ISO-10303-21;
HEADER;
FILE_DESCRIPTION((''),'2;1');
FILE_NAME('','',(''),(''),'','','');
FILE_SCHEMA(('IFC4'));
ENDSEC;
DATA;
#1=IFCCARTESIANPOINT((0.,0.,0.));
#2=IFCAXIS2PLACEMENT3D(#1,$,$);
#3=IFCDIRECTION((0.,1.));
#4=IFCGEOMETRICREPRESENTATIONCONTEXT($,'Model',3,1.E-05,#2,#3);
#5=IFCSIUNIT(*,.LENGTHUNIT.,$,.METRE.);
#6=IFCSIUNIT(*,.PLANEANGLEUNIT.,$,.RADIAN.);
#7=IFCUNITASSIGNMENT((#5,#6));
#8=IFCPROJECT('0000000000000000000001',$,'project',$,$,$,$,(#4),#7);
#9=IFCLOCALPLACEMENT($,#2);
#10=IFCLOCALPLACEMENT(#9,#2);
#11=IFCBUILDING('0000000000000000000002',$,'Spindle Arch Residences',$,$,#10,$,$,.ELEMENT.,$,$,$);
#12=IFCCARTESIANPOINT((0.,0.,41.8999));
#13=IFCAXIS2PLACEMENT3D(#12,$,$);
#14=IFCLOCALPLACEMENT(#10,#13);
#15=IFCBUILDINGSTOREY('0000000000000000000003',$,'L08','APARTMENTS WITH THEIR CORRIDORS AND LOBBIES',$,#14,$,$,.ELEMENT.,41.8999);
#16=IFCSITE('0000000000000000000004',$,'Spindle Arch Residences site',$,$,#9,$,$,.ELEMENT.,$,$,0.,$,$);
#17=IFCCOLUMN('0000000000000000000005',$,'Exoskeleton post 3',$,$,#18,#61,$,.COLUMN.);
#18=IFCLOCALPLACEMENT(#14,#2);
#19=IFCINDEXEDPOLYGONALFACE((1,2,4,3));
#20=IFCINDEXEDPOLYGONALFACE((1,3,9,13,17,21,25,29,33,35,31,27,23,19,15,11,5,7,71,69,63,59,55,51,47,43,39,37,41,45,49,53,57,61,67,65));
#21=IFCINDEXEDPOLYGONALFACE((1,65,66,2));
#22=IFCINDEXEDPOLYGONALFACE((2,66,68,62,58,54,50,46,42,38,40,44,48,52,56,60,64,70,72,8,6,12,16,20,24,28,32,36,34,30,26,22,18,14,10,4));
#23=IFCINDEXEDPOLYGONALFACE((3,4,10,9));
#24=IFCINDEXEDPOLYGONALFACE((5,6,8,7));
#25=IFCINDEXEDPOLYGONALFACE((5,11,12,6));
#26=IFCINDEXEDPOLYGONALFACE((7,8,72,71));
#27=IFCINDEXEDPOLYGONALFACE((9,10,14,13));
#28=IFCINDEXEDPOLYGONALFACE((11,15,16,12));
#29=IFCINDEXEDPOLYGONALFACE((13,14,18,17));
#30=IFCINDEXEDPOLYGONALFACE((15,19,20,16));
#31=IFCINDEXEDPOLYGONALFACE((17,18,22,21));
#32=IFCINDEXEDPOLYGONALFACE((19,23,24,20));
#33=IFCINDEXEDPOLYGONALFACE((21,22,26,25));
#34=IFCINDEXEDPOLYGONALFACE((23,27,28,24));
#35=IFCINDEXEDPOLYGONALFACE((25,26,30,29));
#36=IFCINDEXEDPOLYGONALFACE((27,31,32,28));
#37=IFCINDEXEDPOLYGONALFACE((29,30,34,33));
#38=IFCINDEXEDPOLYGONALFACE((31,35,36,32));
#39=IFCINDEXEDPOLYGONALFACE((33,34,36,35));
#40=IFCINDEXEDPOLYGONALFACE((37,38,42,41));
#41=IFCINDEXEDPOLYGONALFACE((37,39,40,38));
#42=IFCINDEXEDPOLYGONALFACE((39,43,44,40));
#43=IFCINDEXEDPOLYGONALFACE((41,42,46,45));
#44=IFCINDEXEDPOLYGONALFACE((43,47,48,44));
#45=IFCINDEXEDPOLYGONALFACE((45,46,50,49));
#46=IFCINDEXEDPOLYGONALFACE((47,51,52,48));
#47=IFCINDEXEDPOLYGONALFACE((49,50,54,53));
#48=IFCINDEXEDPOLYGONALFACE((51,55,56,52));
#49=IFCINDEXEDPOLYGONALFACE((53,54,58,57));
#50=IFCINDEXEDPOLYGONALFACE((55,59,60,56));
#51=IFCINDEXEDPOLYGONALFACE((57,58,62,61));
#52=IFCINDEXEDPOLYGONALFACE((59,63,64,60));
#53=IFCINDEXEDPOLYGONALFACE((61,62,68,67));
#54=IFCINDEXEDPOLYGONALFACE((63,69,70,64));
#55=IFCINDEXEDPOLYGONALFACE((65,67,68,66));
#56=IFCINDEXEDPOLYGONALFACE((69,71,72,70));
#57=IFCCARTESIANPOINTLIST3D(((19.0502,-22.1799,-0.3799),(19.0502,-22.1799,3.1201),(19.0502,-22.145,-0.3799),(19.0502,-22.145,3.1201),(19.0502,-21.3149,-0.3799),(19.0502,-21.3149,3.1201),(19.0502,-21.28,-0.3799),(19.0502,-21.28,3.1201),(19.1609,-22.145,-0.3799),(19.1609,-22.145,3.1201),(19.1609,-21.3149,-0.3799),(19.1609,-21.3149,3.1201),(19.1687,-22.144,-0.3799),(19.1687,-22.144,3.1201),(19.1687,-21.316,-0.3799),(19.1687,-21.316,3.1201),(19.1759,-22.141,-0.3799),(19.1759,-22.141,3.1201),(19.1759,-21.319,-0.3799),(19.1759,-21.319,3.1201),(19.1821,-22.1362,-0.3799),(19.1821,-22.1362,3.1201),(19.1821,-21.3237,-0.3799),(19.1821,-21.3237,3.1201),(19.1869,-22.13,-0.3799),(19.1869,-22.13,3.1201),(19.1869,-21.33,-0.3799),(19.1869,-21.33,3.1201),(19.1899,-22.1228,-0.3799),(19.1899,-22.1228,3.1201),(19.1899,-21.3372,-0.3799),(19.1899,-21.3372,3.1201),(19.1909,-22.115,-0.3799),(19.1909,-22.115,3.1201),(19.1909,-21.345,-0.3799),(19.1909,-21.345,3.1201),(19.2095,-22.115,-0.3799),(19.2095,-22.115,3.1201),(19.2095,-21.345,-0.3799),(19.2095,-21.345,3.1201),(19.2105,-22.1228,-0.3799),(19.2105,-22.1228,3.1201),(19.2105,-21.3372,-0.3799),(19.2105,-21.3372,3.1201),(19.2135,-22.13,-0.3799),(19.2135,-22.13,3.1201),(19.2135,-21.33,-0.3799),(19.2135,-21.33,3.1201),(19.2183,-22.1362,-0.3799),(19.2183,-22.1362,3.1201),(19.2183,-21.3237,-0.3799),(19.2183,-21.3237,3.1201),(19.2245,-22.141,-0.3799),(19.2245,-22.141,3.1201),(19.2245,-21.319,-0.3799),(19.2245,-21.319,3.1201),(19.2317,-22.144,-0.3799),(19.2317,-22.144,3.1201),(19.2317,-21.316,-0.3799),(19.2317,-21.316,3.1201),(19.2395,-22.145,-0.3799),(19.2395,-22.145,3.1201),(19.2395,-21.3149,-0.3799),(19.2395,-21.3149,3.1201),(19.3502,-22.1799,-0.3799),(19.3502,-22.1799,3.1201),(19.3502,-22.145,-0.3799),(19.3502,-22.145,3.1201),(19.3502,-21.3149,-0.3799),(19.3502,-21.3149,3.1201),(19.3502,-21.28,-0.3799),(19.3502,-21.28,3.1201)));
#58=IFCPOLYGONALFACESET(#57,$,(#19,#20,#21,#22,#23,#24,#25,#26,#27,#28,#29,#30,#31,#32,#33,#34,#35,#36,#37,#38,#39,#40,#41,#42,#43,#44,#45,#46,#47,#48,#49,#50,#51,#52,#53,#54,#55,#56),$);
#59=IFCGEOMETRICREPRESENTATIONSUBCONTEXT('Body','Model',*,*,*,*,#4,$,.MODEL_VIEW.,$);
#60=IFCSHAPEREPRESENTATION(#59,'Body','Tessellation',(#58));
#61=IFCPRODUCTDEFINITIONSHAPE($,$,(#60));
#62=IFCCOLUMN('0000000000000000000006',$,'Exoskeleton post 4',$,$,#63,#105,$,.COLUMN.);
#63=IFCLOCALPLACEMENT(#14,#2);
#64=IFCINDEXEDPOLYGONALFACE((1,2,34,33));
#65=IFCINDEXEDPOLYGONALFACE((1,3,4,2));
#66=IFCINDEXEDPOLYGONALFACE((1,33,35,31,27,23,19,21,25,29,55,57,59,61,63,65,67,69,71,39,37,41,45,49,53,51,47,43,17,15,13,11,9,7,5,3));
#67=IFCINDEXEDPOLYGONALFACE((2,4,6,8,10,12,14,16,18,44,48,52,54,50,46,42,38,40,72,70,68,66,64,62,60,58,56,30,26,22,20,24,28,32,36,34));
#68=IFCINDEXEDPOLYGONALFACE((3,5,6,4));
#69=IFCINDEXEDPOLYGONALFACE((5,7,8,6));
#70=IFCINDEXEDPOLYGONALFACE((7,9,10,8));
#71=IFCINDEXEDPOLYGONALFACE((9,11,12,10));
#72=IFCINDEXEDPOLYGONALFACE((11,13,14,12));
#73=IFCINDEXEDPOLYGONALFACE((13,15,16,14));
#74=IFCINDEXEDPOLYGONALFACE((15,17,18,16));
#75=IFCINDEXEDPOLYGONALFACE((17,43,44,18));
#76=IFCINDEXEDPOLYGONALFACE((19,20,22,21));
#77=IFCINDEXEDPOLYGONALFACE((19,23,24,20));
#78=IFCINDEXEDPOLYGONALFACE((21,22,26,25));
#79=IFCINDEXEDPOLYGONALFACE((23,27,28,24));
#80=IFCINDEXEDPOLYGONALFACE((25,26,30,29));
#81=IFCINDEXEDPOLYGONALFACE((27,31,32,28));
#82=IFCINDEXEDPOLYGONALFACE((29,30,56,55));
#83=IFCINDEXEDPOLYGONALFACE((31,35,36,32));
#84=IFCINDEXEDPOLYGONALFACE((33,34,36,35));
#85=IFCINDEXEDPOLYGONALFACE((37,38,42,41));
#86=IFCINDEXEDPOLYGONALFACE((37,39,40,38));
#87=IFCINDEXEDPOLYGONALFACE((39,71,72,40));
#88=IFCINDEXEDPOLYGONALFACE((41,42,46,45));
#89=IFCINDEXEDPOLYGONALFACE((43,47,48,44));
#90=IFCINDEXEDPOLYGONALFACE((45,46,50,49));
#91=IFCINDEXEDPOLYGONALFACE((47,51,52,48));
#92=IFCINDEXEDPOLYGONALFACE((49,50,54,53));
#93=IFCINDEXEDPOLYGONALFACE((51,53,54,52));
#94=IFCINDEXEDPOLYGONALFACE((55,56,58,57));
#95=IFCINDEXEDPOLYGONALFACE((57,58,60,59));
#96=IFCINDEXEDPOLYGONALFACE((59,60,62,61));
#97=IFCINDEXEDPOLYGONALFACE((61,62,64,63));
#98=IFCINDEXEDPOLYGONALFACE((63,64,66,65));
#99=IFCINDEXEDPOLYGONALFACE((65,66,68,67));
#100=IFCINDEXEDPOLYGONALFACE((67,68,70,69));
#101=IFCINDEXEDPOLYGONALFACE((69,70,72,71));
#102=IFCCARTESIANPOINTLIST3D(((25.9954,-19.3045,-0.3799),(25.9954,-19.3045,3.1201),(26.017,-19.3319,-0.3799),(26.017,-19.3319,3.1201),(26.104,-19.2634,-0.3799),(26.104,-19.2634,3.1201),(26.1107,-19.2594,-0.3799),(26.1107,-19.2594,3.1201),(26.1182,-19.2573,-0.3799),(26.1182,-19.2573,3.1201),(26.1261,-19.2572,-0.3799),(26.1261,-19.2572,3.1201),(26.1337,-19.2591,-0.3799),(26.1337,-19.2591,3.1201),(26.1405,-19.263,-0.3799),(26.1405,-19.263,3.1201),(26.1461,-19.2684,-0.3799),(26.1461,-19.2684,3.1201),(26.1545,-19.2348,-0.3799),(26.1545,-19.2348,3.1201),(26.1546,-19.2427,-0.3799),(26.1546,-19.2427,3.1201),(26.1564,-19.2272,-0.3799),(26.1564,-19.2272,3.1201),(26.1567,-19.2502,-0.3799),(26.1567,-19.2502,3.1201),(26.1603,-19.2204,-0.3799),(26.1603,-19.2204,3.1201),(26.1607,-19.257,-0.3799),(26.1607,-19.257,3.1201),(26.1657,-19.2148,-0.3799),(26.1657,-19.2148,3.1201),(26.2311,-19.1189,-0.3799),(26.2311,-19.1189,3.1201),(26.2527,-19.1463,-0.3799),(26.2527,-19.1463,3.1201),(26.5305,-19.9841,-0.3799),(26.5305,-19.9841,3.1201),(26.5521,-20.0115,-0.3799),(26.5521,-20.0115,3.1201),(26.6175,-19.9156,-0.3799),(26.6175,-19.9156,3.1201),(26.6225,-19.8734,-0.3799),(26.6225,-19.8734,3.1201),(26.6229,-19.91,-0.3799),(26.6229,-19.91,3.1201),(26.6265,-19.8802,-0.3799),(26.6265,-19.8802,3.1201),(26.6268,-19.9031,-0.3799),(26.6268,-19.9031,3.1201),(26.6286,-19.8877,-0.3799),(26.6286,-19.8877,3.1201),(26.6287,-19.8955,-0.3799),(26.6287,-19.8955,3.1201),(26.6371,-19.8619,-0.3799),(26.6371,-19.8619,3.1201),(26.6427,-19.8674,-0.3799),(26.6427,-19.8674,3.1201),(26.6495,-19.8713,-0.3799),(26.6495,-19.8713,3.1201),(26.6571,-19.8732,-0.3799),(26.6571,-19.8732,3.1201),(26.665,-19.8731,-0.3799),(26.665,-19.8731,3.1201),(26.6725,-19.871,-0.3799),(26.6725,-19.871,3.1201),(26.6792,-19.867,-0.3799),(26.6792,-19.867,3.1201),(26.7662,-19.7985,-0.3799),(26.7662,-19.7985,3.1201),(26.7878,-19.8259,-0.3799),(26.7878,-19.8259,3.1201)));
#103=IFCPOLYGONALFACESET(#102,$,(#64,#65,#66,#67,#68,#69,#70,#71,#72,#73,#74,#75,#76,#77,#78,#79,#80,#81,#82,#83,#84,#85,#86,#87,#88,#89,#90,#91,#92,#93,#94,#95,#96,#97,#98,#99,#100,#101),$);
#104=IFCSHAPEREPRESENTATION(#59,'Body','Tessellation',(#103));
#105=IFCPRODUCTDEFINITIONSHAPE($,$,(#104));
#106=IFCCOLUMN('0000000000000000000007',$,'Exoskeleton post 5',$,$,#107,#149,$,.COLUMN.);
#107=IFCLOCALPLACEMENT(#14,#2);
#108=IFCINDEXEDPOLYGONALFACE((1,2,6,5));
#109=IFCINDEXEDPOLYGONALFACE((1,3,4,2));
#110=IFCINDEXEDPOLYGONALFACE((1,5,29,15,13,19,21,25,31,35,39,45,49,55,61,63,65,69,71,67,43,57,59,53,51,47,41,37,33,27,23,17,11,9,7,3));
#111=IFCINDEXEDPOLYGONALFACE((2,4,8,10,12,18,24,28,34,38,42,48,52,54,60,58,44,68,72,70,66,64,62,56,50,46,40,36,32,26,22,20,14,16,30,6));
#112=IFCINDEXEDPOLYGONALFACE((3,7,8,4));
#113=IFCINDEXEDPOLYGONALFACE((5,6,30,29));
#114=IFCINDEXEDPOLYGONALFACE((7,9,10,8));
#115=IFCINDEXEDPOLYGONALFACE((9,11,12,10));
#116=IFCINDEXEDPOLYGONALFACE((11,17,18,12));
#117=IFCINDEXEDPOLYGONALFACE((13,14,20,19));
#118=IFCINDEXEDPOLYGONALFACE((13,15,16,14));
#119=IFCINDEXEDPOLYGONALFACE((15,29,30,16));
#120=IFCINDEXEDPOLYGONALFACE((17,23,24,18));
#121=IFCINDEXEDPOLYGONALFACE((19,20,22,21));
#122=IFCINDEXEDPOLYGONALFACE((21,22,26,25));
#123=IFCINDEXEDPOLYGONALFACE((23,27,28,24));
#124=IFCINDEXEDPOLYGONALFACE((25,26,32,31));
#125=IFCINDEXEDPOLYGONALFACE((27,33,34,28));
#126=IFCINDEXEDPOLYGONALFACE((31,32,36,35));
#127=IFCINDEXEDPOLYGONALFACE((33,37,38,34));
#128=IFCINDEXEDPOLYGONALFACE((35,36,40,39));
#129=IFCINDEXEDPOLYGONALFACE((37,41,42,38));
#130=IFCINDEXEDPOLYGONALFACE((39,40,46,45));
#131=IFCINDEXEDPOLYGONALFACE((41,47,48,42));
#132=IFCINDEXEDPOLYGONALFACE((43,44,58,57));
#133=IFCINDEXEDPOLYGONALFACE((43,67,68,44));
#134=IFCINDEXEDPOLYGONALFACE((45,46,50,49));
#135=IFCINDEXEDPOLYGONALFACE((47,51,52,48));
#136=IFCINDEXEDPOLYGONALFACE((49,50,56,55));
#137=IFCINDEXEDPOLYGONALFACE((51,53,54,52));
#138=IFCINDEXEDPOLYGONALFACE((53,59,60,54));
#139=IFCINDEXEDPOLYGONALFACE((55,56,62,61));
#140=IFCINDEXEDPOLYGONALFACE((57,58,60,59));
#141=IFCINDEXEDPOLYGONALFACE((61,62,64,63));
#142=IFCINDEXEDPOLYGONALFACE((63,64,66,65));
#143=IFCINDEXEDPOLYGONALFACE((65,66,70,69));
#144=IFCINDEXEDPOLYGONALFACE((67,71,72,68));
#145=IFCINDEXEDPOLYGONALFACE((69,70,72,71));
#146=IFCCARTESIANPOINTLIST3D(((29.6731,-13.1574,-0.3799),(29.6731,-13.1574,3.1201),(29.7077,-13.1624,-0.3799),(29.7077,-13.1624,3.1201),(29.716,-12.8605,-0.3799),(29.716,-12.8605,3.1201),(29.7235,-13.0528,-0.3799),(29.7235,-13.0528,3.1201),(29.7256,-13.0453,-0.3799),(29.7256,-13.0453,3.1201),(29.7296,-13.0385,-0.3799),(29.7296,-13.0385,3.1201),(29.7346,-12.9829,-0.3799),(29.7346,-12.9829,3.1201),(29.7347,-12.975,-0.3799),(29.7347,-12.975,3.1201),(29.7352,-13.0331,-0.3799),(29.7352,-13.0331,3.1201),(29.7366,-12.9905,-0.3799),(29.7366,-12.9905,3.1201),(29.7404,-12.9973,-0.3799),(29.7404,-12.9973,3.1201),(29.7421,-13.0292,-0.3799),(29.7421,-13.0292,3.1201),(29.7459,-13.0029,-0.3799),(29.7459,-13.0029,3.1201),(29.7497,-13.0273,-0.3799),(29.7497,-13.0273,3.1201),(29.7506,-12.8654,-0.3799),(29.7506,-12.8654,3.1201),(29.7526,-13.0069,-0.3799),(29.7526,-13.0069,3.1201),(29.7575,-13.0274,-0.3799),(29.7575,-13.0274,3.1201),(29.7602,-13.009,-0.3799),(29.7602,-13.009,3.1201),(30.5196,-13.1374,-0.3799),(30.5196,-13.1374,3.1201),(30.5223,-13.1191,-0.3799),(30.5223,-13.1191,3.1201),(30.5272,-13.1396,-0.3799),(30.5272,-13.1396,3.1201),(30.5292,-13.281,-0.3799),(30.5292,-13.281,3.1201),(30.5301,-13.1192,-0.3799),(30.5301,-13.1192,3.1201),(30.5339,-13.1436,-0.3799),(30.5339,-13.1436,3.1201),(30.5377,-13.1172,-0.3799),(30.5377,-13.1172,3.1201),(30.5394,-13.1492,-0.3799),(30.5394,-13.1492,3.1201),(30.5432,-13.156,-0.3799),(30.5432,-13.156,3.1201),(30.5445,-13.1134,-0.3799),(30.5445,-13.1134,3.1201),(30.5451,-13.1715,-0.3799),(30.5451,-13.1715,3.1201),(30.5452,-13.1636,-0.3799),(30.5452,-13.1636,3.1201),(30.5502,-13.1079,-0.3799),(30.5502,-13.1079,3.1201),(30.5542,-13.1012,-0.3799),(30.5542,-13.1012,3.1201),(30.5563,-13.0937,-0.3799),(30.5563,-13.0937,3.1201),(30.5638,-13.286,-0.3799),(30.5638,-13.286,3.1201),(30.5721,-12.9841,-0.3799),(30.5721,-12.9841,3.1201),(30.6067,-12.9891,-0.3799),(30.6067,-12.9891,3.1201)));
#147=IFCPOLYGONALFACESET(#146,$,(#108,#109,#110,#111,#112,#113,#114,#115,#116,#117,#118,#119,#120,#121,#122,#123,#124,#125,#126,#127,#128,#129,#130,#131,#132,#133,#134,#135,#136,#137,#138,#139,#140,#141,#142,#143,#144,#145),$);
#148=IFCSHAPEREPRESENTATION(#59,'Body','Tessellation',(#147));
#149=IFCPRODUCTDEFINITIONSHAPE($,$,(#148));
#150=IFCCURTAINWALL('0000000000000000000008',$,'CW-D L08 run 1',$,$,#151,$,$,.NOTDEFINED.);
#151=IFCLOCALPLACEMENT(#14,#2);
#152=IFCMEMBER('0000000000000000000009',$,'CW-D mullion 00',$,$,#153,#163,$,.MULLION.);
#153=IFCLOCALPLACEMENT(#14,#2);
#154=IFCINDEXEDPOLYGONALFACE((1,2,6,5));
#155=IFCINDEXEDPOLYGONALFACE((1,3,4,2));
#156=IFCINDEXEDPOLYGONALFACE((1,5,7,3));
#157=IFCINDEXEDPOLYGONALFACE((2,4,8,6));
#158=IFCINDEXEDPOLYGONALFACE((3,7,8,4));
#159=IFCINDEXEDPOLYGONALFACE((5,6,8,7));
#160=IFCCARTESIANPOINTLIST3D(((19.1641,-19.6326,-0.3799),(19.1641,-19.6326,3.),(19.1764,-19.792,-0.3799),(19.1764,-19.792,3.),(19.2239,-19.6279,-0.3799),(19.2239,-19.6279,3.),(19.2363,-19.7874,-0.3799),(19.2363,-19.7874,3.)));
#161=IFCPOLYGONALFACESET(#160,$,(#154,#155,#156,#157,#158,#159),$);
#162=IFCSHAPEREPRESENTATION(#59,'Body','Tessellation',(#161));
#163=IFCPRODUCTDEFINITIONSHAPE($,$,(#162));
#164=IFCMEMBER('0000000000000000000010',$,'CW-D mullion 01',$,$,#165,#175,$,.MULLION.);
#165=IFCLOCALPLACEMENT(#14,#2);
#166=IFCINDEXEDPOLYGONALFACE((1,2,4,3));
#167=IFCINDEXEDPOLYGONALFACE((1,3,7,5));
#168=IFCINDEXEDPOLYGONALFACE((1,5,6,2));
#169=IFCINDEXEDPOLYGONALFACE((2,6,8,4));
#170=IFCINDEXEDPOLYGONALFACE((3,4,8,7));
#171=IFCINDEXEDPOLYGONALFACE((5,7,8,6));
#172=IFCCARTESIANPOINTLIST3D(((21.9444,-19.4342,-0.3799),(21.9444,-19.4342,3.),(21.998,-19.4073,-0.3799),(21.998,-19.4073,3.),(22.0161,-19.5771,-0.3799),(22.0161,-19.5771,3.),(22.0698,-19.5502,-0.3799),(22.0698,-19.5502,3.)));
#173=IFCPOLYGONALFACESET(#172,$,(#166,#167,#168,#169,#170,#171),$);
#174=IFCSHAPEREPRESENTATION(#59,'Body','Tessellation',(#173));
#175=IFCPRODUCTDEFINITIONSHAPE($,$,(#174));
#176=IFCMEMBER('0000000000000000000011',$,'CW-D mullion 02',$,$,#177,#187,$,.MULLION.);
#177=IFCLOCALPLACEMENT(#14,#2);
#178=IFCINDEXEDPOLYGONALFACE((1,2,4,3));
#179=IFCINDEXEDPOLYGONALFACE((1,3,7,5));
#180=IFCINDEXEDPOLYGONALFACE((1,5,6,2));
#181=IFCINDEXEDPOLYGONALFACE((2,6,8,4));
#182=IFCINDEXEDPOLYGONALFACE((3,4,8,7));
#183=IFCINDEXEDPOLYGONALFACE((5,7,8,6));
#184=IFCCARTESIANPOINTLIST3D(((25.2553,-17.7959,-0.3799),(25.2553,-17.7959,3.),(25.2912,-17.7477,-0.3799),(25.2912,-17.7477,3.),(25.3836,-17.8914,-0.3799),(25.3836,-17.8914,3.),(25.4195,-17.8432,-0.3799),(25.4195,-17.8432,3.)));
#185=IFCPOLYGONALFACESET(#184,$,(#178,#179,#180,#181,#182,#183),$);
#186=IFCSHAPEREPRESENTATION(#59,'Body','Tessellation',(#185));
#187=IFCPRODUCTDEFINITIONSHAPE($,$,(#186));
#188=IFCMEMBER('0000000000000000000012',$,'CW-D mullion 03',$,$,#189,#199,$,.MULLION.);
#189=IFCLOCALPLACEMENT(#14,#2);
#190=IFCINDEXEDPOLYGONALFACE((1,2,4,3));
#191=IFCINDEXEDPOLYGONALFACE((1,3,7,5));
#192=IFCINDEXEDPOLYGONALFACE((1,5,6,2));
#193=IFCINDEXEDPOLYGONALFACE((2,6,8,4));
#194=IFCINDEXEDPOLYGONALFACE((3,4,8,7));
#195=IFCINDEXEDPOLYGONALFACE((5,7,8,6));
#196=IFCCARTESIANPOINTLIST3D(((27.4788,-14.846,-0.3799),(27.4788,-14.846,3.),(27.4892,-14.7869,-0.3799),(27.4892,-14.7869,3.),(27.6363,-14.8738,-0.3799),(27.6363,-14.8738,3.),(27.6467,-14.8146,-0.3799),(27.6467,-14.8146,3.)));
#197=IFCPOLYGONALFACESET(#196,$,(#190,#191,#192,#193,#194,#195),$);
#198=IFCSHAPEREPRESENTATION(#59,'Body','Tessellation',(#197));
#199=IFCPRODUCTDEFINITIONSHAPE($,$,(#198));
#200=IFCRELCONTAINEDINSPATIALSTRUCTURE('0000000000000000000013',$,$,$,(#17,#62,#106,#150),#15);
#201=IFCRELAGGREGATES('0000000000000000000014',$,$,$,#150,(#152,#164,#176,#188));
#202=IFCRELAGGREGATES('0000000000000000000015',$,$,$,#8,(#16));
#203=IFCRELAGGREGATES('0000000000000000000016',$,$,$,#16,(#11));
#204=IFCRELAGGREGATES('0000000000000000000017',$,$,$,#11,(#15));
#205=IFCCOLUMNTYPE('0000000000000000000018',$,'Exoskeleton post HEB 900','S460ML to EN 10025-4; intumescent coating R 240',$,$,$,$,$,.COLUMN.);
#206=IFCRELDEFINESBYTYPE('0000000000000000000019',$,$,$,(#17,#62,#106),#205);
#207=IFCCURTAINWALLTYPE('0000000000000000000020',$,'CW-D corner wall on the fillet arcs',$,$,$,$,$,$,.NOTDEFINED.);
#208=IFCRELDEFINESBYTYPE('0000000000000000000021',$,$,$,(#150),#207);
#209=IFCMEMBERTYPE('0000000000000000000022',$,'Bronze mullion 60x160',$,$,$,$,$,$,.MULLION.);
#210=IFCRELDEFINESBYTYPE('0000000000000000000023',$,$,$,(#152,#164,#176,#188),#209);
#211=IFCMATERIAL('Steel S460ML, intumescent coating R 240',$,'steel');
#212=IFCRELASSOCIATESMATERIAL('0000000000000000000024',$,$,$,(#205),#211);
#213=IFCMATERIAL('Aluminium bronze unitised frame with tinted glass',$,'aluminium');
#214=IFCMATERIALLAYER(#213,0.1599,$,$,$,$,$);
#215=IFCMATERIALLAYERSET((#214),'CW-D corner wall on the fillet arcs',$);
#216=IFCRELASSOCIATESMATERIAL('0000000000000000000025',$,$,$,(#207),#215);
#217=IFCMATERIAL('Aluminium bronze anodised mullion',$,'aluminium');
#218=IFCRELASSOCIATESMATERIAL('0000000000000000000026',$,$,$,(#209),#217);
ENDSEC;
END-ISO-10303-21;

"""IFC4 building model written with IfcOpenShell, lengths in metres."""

from ifc_helpers import new_model, si_unit, direction, frame, origin, origin_2d, place, context, subcontext, project, spatial, rectangle, i_section, extrude, material, layer, layer_set, material_profile, profile_set, type_object, element, aggregate, save


model = new_model("IFC4")

# Units and contexts
model_context = context("Model", 3, precision=1e-05, world=origin(), true_north=direction((0.0, 1.0)))
body_context = subcontext(model_context, "Body", "Model", "MODEL_VIEW")
ifc_project = project(units=[si_unit("LENGTHUNIT", "METRE"), si_unit("PLANEANGLEUNIT", "RADIAN")], contexts=[model_context])

# Site, building, storey
site_placement = place(None, origin())
site = spatial("IfcSite", under=ifc_project, at=site_placement, Name="Spindle Arch Residences site", CompositionType="ELEMENT", RefElevation=0.0)
building_placement = place(site_placement, origin())
building = spatial("IfcBuilding", under=site, at=building_placement, Name="Spindle Arch Residences", CompositionType="ELEMENT")
storey_placement = place(building_placement, frame((0.0, 0.0, 41.8999)))
storey = spatial("IfcBuildingStorey", under=building, at=storey_placement, Name="L08", Description="APARTMENTS WITH THEIR CORRIDORS AND LOBBIES", CompositionType="ELEMENT", Elevation=41.8999)

# Columns
ifc_material_1 = material(Name="Steel S460ML, intumescent coating R 240", Category="steel")
ifc_material_profile_1 = material_profile(ifc_material_1, i_section(OverallWidth=0.3, OverallDepth=0.8999, WebThickness=0.0186, FlangeThickness=0.0349, FilletRadius=0.03, at=origin_2d()), Name="HEB 900")
ifc_profile_set_1 = profile_set([ifc_material_profile_1], Name="Steel S460ML, intumescent coating R 240")
column_type = type_object("IfcColumnType", Name="Exoskeleton post HEB 900", Description="S460ML to EN 10025-4; intumescent coating R 240", PredefinedType="COLUMN", material=ifc_profile_set_1)
for number, where, z_axis, x_axis, name in (
    (1, (19.2002, -21.73, -0.3799), (0.0, 0.0, 1.0), (-1.0, 0.0, 0.0), "Exoskeleton post 3"),
    (2, (26.3916, -19.5652, -0.3799), (0.0, 0.0, 1.0), (-0.785684, -0.618629, 0.0), "Exoskeleton post 4"),
    (3, (30.1399, -13.0732, -0.3799), (0.0, 0.0, 1.0), (-0.142906, -0.989736, 0.0), "Exoskeleton post 5"),
):
    element("IfcColumn", number, at=place(storey_placement, frame(where, z_axis=z_axis, x_axis=x_axis)), inside=storey, type_object=column_type, Name=name, PredefinedType="COLUMN", context=body_context, shape_type="SweptSolid", body=[
        extrude(i_section(OverallWidth=0.3, OverallDepth=0.8999, WebThickness=0.0186, FlangeThickness=0.0349, FilletRadius=0.03, at=origin_2d()), origin(), (0.0, 0.0, 1.0), 3.5),
    ])

# Curtain wall, members
ifc_material_2 = material(Name="Aluminium bronze unitised frame with tinted glass", Category="aluminium")
ifc_layer_1 = layer(ifc_material_2, 0.1599)
ifc_layer_set_1 = layer_set([ifc_layer_1], Name="CW-D corner wall on the fillet arcs")
curtain_wall_type = type_object("IfcCurtainWallType", Name="CW-D corner wall on the fillet arcs", PredefinedType="NOTDEFINED", material=ifc_layer_set_1)
curtain_wall_placement = place(storey_placement, origin())
curtain_wall = element("IfcCurtainWall", 4, at=curtain_wall_placement, inside=storey, type_object=curtain_wall_type, Name="CW-D L08 run 1", PredefinedType="NOTDEFINED")
ifc_material_3 = material(Name="Aluminium bronze anodised mullion", Category="aluminium")
ifc_material_profile_2 = material_profile(ifc_material_3, rectangle(XDim=0.1599, YDim=0.0601, at=origin_2d()), Name="MU 60x160")
ifc_profile_set_2 = profile_set([ifc_material_profile_2], Name="Aluminium bronze anodised mullion")
member_type_1 = type_object("IfcMemberType", Name="Bronze mullion 60x160", PredefinedType="MULLION", material=ifc_profile_set_2)
member_1_placement = place(storey_placement, frame((19.2002, -19.71, -0.3799), z_axis=(0.0, 0.0, 1.0), x_axis=(-0.077364, 0.997003, 0.0)))
member_1 = element("IfcMember", 5, at=member_1_placement, type_object=member_type_1, Name="CW-D mullion 00", PredefinedType="MULLION", context=body_context, shape_type="SweptSolid", body=[
    extrude(rectangle(XDim=0.1599, YDim=0.0601, at=origin_2d()), origin(), (0.0, 0.0, 1.0), 3.3799),
])
member_2_placement = place(storey_placement, frame((22.0071, -19.4922, -0.3799), z_axis=(0.0, 0.0, 1.0), x_axis=(-0.448799, 0.893633, 0.0)))
member_2 = element("IfcMember", 6, at=member_2_placement, type_object=member_type_1, Name="CW-D mullion 01", PredefinedType="MULLION", context=body_context, shape_type="SweptSolid", body=[
    extrude(rectangle(XDim=0.1599, YDim=0.0601, at=origin_2d()), origin(), (0.0, 0.0, 1.0), 3.3799),
])
member_3_placement = place(storey_placement, frame((25.3374, -17.8196, -0.3799), z_axis=(0.0, 0.0, 1.0), x_axis=(-0.802123, 0.597159, 0.0)))
member_3 = element("IfcMember", 7, at=member_3_placement, type_object=member_type_1, Name="CW-D mullion 02", PredefinedType="MULLION", context=body_context, shape_type="SweptSolid", body=[
    extrude(rectangle(XDim=0.1599, YDim=0.0601, at=origin_2d()), origin(), (0.0, 0.0, 1.0), 3.3799),
])
member_4_placement = place(storey_placement, frame((27.5627, -14.8303, -0.3799), z_axis=(0.0, 0.0, 1.0), x_axis=(-0.984808, 0.173648, 0.0)))
member_4 = element("IfcMember", 8, at=member_4_placement, type_object=member_type_1, Name="CW-D mullion 03", PredefinedType="MULLION", context=body_context, shape_type="SweptSolid", body=[
    extrude(rectangle(XDim=0.1599, YDim=0.0601, at=origin_2d()), origin(), (0.0, 0.0, 1.0), 3.3799),
])

aggregate(curtain_wall, [member_1, member_2, member_3, member_4])

save(model, "model.ifc")
